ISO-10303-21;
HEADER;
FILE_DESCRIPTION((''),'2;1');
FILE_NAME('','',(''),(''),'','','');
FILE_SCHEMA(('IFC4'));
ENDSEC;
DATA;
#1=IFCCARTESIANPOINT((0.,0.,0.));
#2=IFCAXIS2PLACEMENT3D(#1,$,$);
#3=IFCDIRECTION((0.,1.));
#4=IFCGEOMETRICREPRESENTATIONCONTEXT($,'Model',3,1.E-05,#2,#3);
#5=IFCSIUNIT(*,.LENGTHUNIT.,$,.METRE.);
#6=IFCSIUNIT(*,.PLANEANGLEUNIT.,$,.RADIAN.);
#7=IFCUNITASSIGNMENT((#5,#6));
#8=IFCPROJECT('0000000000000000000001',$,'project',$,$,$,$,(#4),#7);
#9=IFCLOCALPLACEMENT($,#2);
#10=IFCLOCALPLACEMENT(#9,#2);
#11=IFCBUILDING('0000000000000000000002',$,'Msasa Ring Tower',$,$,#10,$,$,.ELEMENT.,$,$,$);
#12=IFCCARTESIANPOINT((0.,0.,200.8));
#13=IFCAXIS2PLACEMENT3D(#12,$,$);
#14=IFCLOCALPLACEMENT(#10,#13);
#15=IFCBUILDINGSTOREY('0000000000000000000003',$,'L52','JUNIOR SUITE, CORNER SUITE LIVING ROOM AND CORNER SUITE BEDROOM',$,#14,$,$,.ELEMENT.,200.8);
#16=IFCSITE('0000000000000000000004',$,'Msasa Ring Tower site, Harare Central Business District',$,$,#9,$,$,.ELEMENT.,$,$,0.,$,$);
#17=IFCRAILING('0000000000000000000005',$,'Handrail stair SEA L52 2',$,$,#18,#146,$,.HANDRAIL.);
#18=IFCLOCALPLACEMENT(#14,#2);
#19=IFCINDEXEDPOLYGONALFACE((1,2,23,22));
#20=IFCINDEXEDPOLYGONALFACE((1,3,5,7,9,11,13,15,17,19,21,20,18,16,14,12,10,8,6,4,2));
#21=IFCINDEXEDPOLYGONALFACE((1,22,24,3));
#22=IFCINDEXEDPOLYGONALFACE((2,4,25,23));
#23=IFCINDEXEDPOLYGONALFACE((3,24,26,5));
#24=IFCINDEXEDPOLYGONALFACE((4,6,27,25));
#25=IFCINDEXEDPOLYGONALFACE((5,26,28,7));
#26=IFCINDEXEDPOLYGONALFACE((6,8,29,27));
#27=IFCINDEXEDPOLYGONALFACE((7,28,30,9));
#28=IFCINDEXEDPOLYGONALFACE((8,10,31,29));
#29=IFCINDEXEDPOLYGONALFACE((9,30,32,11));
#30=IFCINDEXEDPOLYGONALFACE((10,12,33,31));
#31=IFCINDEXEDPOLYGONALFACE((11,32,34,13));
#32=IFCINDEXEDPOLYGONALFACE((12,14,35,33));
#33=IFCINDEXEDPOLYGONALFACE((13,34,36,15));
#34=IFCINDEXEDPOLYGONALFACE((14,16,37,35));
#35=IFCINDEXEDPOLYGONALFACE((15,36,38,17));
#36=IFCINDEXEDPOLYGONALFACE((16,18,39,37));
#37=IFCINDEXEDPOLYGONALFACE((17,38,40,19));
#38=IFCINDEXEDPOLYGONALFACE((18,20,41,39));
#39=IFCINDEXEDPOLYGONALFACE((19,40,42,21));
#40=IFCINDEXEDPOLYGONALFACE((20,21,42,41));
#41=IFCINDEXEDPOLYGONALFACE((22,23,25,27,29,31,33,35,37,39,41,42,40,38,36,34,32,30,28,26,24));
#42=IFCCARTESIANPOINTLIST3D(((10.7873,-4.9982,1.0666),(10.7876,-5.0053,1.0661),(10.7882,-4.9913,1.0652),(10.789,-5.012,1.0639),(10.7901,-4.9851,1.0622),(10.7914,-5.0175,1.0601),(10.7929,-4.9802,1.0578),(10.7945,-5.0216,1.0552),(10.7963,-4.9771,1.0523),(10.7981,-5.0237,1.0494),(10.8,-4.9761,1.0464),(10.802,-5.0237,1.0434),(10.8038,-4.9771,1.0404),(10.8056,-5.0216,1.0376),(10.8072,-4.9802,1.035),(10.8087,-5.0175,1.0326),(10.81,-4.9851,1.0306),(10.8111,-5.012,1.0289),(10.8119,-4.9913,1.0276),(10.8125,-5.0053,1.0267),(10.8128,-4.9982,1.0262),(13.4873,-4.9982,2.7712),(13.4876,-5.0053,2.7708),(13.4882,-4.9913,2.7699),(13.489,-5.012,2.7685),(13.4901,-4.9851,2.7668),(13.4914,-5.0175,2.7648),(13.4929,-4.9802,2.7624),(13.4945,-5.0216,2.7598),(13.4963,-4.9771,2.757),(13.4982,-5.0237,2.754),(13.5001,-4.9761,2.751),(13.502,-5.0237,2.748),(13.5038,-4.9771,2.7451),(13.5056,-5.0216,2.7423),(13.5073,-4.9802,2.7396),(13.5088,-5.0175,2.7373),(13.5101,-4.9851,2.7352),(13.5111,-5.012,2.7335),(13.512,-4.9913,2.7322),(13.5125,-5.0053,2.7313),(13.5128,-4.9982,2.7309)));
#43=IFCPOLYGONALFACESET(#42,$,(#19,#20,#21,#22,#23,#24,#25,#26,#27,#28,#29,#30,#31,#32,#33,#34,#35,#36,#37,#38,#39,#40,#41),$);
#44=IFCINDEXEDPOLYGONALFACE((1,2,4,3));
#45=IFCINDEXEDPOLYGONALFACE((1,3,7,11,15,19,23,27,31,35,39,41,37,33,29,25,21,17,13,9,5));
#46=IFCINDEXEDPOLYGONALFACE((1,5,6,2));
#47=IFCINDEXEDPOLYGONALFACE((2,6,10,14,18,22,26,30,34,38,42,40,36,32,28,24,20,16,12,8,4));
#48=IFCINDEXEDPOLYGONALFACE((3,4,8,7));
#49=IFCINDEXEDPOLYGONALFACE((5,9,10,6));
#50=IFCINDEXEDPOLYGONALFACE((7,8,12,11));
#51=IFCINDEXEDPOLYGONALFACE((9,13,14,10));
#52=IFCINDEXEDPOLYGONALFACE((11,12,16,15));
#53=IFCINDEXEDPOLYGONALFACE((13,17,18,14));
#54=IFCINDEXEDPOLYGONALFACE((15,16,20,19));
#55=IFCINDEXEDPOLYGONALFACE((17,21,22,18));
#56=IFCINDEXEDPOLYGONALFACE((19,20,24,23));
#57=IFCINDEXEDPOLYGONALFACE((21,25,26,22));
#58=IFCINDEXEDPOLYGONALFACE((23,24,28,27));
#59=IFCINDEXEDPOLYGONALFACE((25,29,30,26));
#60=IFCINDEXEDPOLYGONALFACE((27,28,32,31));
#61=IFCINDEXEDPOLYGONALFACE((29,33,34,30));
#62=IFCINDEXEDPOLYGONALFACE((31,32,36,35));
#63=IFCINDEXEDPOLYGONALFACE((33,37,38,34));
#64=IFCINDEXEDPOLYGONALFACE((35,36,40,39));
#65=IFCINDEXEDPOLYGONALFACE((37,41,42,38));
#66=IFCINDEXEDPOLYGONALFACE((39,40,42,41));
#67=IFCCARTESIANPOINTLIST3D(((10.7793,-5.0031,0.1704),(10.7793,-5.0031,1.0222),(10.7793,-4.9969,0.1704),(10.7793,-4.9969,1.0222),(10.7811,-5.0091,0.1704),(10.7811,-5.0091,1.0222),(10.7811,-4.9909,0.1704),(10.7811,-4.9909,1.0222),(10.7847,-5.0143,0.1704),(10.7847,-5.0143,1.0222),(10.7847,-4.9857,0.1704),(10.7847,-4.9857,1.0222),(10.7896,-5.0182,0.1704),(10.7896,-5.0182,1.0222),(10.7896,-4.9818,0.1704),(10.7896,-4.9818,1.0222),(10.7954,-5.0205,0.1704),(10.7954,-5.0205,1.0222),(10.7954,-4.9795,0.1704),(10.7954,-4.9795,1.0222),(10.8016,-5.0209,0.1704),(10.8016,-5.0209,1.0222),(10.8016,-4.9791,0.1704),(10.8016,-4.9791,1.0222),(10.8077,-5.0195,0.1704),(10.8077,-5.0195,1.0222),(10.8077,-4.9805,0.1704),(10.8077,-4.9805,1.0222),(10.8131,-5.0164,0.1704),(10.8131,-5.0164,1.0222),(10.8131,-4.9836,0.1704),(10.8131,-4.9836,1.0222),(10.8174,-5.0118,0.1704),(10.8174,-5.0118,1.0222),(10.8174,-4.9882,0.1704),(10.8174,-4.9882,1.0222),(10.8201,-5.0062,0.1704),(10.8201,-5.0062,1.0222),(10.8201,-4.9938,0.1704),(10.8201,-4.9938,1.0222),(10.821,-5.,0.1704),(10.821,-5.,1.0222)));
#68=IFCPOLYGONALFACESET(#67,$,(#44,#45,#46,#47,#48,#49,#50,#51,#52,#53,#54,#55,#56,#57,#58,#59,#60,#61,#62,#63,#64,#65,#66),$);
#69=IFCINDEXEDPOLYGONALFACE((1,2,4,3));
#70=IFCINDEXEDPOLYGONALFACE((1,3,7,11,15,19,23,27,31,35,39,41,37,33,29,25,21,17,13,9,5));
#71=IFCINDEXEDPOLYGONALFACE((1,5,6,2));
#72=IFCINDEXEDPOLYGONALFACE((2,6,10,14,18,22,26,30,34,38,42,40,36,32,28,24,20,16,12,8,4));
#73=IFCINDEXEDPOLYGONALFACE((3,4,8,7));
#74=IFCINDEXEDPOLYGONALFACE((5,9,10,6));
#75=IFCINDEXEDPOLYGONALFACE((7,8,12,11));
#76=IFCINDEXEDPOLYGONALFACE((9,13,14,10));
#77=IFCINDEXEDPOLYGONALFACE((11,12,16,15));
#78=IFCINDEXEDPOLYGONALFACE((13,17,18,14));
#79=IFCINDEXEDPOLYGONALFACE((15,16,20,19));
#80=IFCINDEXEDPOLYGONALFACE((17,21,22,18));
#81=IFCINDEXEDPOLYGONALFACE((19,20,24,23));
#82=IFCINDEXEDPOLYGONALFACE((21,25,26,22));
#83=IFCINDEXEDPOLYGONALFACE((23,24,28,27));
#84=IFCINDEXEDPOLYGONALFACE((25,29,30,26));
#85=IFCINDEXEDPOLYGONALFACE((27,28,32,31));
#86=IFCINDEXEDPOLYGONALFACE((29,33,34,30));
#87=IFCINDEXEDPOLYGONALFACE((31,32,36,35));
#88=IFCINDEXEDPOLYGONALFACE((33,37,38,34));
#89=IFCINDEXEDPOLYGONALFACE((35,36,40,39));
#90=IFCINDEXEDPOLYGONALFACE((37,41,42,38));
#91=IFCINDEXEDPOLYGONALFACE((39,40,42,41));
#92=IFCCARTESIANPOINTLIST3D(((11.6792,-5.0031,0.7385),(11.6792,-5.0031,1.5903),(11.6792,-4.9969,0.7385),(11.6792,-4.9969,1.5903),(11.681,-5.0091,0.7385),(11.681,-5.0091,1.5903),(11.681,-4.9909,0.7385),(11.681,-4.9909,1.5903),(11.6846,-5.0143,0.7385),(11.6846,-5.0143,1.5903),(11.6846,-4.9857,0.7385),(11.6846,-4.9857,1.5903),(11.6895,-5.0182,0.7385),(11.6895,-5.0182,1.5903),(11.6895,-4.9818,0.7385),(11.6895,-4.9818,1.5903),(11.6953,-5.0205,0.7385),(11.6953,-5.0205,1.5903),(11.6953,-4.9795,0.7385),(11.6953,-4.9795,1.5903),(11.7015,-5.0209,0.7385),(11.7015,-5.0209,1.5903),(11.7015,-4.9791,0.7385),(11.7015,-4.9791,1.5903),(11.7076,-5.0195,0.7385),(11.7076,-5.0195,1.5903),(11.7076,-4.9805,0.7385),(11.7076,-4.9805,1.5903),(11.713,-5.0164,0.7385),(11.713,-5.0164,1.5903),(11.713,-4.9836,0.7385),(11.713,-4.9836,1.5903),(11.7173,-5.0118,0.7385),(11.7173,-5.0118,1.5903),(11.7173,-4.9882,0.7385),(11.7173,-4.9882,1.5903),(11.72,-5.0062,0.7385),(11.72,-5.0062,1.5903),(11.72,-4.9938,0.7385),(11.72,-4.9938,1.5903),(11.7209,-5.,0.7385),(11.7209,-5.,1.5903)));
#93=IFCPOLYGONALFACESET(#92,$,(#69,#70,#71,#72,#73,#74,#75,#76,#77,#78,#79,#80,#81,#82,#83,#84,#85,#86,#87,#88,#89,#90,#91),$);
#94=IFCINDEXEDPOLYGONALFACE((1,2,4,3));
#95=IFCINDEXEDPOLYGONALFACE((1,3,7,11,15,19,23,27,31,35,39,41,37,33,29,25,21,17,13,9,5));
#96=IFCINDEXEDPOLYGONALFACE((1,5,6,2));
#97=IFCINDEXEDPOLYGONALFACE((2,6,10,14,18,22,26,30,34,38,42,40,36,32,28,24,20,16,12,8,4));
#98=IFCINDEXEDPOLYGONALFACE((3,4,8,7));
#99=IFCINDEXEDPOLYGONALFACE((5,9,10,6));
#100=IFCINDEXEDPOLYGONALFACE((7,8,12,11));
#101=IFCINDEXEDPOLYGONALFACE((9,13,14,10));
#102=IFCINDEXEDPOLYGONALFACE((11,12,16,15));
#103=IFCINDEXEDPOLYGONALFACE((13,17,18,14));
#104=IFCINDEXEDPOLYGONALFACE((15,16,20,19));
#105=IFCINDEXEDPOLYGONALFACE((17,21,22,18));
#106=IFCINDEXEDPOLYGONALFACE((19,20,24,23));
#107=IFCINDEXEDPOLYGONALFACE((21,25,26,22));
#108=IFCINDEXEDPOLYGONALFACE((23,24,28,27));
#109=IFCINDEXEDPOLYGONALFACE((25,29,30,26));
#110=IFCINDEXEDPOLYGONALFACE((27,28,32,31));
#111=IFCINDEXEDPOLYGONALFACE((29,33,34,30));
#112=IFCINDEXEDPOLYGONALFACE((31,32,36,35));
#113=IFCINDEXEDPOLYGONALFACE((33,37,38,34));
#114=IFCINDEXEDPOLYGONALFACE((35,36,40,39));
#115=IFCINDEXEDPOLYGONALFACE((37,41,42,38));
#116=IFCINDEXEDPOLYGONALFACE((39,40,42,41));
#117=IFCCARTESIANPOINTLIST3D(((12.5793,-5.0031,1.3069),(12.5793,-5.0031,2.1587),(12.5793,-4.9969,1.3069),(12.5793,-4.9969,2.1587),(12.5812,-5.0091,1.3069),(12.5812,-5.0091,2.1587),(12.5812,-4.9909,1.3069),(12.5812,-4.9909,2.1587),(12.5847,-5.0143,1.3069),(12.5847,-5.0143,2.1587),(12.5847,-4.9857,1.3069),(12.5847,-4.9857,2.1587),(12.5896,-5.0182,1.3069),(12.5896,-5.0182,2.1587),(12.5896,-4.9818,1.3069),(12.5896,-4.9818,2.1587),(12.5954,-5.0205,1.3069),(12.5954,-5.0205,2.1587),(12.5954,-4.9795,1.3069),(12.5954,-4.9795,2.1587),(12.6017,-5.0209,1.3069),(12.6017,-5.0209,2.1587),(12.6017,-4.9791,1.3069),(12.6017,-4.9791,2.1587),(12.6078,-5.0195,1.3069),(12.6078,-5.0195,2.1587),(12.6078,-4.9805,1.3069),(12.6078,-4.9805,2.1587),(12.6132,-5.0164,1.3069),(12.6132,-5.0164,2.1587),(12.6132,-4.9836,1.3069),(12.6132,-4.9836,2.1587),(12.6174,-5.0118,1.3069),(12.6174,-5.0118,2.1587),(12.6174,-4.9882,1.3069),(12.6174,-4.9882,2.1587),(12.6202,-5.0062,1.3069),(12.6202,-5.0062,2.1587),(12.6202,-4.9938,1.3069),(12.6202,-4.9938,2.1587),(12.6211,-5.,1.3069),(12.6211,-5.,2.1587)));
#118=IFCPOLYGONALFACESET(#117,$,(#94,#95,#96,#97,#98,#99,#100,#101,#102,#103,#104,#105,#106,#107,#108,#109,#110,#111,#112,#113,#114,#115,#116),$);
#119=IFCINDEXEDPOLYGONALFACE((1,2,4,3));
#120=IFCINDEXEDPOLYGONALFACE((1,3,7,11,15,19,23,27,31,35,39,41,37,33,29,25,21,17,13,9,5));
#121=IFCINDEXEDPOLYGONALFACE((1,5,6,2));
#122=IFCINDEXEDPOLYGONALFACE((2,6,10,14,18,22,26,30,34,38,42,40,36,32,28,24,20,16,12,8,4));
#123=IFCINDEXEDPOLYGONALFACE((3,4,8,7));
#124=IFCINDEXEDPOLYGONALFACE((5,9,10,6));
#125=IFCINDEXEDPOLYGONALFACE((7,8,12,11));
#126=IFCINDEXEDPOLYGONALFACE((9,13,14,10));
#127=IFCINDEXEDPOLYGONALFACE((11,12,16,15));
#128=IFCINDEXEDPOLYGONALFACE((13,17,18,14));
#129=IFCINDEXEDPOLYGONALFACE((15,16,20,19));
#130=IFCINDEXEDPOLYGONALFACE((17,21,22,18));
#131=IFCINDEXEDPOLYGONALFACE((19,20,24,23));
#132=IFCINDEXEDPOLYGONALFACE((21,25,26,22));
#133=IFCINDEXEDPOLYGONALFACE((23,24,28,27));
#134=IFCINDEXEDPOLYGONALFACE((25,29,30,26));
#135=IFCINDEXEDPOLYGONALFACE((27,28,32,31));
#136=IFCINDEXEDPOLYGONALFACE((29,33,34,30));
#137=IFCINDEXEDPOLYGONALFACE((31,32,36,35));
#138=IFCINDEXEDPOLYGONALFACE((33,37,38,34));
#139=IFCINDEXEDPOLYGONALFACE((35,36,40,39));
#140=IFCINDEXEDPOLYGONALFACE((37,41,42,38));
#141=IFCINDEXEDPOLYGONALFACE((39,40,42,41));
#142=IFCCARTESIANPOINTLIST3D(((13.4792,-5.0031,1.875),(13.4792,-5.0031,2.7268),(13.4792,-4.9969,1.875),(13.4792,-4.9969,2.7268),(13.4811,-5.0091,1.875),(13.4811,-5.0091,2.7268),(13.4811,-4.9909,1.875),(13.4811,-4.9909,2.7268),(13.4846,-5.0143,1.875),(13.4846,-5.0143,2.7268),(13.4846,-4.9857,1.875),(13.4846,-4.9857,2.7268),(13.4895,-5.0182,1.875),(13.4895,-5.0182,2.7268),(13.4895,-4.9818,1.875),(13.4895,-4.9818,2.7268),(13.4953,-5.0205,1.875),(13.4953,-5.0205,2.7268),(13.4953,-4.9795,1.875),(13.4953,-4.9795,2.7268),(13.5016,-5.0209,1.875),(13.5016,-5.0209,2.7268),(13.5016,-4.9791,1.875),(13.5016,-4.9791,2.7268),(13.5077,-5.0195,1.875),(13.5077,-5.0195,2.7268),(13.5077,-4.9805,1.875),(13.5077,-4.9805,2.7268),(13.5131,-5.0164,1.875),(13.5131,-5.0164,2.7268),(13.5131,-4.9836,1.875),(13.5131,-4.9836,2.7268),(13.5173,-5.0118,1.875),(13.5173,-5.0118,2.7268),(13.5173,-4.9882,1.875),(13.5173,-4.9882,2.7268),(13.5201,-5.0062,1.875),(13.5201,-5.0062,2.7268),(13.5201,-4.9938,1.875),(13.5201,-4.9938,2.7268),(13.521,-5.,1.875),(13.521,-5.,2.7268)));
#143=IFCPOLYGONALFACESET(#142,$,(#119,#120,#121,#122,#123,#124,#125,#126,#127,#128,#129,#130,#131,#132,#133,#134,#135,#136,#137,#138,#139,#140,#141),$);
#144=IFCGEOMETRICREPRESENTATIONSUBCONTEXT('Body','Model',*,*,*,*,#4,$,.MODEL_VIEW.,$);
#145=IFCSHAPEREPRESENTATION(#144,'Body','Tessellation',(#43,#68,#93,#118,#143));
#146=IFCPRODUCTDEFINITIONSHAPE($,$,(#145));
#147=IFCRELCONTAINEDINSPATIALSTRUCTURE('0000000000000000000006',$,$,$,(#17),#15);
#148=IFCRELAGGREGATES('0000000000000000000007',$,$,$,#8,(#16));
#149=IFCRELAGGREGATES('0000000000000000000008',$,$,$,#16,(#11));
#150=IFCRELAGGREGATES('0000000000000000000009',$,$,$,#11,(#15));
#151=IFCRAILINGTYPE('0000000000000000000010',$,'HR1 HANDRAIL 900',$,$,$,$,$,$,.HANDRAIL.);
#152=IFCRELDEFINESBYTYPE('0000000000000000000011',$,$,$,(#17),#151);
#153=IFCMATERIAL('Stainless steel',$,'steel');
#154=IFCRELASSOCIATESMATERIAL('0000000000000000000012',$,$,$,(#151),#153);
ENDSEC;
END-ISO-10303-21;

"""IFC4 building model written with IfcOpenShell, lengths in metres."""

from ifc_helpers import new_model, si_unit, direction, frame, origin, origin_2d, place, context, subcontext, project, spatial, circle, extrude, material, type_object, element, save


model = new_model("IFC4")

# Units and contexts
model_context = context("Model", 3, precision=1e-05, world=origin(), true_north=direction((0.0, 1.0)))
body_context = subcontext(model_context, "Body", "Model", "MODEL_VIEW")
ifc_project = project(units=[si_unit("LENGTHUNIT", "METRE"), si_unit("PLANEANGLEUNIT", "RADIAN")], contexts=[model_context])

# Site, building, storey
site_placement = place(None, origin())
site = spatial("IfcSite", under=ifc_project, at=site_placement, Name="Msasa Ring Tower site, Harare Central Business District", CompositionType="ELEMENT", RefElevation=0.0)
building_placement = place(site_placement, origin())
building = spatial("IfcBuilding", under=site, at=building_placement, Name="Msasa Ring Tower", CompositionType="ELEMENT")
storey_placement = place(building_placement, frame((0.0, 0.0, 200.8)))
storey = spatial("IfcBuildingStorey", under=building, at=storey_placement, Name="L52", Description="JUNIOR SUITE, CORNER SUITE LIVING ROOM AND CORNER SUITE BEDROOM", CompositionType="ELEMENT", Elevation=200.8)

# Railing
ifc_material_1 = material(Name="Stainless steel", Category="steel")
railing_type = type_object("IfcRailingType", Name="HR1 HANDRAIL 900", PredefinedType="HANDRAIL", material=ifc_material_1)
for number, where, name in (
    (1, (10.8, -5.0, 0.1704), "Handrail stair SEA L52 2"),
):
    element("IfcRailing", number, at=place(storey_placement, frame(where)), inside=storey, type_object=railing_type, Name=name, PredefinedType="HANDRAIL", context=body_context, shape_type="SweptSolid", body=[
        extrude(circle(Radius=0.0239, at=origin_2d()), frame((0.0, 0.0, 0.876), z_axis=(0.84558, 0.0, 0.533849), x_axis=(0.0, 1.0, 0.0)), (0.0, 0.0, 1.0), 3.1931),
        extrude(circle(Radius=0.021, at=origin_2d()), origin(), (0.0, 0.0, 1.0), 0.8518),
        extrude(circle(Radius=0.021, at=origin_2d()), frame((0.8999, 0.0, 0.5681)), (0.0, 0.0, 1.0), 0.8518),
        extrude(circle(Radius=0.021, at=origin_2d()), frame((1.8, 0.0, 1.1365)), (0.0, 0.0, 1.0), 0.8518),
        extrude(circle(Radius=0.021, at=origin_2d()), frame((2.7, 0.0, 1.7046)), (0.0, 0.0, 1.0), 0.8518),
    ])

save(model, "model.ifc")
